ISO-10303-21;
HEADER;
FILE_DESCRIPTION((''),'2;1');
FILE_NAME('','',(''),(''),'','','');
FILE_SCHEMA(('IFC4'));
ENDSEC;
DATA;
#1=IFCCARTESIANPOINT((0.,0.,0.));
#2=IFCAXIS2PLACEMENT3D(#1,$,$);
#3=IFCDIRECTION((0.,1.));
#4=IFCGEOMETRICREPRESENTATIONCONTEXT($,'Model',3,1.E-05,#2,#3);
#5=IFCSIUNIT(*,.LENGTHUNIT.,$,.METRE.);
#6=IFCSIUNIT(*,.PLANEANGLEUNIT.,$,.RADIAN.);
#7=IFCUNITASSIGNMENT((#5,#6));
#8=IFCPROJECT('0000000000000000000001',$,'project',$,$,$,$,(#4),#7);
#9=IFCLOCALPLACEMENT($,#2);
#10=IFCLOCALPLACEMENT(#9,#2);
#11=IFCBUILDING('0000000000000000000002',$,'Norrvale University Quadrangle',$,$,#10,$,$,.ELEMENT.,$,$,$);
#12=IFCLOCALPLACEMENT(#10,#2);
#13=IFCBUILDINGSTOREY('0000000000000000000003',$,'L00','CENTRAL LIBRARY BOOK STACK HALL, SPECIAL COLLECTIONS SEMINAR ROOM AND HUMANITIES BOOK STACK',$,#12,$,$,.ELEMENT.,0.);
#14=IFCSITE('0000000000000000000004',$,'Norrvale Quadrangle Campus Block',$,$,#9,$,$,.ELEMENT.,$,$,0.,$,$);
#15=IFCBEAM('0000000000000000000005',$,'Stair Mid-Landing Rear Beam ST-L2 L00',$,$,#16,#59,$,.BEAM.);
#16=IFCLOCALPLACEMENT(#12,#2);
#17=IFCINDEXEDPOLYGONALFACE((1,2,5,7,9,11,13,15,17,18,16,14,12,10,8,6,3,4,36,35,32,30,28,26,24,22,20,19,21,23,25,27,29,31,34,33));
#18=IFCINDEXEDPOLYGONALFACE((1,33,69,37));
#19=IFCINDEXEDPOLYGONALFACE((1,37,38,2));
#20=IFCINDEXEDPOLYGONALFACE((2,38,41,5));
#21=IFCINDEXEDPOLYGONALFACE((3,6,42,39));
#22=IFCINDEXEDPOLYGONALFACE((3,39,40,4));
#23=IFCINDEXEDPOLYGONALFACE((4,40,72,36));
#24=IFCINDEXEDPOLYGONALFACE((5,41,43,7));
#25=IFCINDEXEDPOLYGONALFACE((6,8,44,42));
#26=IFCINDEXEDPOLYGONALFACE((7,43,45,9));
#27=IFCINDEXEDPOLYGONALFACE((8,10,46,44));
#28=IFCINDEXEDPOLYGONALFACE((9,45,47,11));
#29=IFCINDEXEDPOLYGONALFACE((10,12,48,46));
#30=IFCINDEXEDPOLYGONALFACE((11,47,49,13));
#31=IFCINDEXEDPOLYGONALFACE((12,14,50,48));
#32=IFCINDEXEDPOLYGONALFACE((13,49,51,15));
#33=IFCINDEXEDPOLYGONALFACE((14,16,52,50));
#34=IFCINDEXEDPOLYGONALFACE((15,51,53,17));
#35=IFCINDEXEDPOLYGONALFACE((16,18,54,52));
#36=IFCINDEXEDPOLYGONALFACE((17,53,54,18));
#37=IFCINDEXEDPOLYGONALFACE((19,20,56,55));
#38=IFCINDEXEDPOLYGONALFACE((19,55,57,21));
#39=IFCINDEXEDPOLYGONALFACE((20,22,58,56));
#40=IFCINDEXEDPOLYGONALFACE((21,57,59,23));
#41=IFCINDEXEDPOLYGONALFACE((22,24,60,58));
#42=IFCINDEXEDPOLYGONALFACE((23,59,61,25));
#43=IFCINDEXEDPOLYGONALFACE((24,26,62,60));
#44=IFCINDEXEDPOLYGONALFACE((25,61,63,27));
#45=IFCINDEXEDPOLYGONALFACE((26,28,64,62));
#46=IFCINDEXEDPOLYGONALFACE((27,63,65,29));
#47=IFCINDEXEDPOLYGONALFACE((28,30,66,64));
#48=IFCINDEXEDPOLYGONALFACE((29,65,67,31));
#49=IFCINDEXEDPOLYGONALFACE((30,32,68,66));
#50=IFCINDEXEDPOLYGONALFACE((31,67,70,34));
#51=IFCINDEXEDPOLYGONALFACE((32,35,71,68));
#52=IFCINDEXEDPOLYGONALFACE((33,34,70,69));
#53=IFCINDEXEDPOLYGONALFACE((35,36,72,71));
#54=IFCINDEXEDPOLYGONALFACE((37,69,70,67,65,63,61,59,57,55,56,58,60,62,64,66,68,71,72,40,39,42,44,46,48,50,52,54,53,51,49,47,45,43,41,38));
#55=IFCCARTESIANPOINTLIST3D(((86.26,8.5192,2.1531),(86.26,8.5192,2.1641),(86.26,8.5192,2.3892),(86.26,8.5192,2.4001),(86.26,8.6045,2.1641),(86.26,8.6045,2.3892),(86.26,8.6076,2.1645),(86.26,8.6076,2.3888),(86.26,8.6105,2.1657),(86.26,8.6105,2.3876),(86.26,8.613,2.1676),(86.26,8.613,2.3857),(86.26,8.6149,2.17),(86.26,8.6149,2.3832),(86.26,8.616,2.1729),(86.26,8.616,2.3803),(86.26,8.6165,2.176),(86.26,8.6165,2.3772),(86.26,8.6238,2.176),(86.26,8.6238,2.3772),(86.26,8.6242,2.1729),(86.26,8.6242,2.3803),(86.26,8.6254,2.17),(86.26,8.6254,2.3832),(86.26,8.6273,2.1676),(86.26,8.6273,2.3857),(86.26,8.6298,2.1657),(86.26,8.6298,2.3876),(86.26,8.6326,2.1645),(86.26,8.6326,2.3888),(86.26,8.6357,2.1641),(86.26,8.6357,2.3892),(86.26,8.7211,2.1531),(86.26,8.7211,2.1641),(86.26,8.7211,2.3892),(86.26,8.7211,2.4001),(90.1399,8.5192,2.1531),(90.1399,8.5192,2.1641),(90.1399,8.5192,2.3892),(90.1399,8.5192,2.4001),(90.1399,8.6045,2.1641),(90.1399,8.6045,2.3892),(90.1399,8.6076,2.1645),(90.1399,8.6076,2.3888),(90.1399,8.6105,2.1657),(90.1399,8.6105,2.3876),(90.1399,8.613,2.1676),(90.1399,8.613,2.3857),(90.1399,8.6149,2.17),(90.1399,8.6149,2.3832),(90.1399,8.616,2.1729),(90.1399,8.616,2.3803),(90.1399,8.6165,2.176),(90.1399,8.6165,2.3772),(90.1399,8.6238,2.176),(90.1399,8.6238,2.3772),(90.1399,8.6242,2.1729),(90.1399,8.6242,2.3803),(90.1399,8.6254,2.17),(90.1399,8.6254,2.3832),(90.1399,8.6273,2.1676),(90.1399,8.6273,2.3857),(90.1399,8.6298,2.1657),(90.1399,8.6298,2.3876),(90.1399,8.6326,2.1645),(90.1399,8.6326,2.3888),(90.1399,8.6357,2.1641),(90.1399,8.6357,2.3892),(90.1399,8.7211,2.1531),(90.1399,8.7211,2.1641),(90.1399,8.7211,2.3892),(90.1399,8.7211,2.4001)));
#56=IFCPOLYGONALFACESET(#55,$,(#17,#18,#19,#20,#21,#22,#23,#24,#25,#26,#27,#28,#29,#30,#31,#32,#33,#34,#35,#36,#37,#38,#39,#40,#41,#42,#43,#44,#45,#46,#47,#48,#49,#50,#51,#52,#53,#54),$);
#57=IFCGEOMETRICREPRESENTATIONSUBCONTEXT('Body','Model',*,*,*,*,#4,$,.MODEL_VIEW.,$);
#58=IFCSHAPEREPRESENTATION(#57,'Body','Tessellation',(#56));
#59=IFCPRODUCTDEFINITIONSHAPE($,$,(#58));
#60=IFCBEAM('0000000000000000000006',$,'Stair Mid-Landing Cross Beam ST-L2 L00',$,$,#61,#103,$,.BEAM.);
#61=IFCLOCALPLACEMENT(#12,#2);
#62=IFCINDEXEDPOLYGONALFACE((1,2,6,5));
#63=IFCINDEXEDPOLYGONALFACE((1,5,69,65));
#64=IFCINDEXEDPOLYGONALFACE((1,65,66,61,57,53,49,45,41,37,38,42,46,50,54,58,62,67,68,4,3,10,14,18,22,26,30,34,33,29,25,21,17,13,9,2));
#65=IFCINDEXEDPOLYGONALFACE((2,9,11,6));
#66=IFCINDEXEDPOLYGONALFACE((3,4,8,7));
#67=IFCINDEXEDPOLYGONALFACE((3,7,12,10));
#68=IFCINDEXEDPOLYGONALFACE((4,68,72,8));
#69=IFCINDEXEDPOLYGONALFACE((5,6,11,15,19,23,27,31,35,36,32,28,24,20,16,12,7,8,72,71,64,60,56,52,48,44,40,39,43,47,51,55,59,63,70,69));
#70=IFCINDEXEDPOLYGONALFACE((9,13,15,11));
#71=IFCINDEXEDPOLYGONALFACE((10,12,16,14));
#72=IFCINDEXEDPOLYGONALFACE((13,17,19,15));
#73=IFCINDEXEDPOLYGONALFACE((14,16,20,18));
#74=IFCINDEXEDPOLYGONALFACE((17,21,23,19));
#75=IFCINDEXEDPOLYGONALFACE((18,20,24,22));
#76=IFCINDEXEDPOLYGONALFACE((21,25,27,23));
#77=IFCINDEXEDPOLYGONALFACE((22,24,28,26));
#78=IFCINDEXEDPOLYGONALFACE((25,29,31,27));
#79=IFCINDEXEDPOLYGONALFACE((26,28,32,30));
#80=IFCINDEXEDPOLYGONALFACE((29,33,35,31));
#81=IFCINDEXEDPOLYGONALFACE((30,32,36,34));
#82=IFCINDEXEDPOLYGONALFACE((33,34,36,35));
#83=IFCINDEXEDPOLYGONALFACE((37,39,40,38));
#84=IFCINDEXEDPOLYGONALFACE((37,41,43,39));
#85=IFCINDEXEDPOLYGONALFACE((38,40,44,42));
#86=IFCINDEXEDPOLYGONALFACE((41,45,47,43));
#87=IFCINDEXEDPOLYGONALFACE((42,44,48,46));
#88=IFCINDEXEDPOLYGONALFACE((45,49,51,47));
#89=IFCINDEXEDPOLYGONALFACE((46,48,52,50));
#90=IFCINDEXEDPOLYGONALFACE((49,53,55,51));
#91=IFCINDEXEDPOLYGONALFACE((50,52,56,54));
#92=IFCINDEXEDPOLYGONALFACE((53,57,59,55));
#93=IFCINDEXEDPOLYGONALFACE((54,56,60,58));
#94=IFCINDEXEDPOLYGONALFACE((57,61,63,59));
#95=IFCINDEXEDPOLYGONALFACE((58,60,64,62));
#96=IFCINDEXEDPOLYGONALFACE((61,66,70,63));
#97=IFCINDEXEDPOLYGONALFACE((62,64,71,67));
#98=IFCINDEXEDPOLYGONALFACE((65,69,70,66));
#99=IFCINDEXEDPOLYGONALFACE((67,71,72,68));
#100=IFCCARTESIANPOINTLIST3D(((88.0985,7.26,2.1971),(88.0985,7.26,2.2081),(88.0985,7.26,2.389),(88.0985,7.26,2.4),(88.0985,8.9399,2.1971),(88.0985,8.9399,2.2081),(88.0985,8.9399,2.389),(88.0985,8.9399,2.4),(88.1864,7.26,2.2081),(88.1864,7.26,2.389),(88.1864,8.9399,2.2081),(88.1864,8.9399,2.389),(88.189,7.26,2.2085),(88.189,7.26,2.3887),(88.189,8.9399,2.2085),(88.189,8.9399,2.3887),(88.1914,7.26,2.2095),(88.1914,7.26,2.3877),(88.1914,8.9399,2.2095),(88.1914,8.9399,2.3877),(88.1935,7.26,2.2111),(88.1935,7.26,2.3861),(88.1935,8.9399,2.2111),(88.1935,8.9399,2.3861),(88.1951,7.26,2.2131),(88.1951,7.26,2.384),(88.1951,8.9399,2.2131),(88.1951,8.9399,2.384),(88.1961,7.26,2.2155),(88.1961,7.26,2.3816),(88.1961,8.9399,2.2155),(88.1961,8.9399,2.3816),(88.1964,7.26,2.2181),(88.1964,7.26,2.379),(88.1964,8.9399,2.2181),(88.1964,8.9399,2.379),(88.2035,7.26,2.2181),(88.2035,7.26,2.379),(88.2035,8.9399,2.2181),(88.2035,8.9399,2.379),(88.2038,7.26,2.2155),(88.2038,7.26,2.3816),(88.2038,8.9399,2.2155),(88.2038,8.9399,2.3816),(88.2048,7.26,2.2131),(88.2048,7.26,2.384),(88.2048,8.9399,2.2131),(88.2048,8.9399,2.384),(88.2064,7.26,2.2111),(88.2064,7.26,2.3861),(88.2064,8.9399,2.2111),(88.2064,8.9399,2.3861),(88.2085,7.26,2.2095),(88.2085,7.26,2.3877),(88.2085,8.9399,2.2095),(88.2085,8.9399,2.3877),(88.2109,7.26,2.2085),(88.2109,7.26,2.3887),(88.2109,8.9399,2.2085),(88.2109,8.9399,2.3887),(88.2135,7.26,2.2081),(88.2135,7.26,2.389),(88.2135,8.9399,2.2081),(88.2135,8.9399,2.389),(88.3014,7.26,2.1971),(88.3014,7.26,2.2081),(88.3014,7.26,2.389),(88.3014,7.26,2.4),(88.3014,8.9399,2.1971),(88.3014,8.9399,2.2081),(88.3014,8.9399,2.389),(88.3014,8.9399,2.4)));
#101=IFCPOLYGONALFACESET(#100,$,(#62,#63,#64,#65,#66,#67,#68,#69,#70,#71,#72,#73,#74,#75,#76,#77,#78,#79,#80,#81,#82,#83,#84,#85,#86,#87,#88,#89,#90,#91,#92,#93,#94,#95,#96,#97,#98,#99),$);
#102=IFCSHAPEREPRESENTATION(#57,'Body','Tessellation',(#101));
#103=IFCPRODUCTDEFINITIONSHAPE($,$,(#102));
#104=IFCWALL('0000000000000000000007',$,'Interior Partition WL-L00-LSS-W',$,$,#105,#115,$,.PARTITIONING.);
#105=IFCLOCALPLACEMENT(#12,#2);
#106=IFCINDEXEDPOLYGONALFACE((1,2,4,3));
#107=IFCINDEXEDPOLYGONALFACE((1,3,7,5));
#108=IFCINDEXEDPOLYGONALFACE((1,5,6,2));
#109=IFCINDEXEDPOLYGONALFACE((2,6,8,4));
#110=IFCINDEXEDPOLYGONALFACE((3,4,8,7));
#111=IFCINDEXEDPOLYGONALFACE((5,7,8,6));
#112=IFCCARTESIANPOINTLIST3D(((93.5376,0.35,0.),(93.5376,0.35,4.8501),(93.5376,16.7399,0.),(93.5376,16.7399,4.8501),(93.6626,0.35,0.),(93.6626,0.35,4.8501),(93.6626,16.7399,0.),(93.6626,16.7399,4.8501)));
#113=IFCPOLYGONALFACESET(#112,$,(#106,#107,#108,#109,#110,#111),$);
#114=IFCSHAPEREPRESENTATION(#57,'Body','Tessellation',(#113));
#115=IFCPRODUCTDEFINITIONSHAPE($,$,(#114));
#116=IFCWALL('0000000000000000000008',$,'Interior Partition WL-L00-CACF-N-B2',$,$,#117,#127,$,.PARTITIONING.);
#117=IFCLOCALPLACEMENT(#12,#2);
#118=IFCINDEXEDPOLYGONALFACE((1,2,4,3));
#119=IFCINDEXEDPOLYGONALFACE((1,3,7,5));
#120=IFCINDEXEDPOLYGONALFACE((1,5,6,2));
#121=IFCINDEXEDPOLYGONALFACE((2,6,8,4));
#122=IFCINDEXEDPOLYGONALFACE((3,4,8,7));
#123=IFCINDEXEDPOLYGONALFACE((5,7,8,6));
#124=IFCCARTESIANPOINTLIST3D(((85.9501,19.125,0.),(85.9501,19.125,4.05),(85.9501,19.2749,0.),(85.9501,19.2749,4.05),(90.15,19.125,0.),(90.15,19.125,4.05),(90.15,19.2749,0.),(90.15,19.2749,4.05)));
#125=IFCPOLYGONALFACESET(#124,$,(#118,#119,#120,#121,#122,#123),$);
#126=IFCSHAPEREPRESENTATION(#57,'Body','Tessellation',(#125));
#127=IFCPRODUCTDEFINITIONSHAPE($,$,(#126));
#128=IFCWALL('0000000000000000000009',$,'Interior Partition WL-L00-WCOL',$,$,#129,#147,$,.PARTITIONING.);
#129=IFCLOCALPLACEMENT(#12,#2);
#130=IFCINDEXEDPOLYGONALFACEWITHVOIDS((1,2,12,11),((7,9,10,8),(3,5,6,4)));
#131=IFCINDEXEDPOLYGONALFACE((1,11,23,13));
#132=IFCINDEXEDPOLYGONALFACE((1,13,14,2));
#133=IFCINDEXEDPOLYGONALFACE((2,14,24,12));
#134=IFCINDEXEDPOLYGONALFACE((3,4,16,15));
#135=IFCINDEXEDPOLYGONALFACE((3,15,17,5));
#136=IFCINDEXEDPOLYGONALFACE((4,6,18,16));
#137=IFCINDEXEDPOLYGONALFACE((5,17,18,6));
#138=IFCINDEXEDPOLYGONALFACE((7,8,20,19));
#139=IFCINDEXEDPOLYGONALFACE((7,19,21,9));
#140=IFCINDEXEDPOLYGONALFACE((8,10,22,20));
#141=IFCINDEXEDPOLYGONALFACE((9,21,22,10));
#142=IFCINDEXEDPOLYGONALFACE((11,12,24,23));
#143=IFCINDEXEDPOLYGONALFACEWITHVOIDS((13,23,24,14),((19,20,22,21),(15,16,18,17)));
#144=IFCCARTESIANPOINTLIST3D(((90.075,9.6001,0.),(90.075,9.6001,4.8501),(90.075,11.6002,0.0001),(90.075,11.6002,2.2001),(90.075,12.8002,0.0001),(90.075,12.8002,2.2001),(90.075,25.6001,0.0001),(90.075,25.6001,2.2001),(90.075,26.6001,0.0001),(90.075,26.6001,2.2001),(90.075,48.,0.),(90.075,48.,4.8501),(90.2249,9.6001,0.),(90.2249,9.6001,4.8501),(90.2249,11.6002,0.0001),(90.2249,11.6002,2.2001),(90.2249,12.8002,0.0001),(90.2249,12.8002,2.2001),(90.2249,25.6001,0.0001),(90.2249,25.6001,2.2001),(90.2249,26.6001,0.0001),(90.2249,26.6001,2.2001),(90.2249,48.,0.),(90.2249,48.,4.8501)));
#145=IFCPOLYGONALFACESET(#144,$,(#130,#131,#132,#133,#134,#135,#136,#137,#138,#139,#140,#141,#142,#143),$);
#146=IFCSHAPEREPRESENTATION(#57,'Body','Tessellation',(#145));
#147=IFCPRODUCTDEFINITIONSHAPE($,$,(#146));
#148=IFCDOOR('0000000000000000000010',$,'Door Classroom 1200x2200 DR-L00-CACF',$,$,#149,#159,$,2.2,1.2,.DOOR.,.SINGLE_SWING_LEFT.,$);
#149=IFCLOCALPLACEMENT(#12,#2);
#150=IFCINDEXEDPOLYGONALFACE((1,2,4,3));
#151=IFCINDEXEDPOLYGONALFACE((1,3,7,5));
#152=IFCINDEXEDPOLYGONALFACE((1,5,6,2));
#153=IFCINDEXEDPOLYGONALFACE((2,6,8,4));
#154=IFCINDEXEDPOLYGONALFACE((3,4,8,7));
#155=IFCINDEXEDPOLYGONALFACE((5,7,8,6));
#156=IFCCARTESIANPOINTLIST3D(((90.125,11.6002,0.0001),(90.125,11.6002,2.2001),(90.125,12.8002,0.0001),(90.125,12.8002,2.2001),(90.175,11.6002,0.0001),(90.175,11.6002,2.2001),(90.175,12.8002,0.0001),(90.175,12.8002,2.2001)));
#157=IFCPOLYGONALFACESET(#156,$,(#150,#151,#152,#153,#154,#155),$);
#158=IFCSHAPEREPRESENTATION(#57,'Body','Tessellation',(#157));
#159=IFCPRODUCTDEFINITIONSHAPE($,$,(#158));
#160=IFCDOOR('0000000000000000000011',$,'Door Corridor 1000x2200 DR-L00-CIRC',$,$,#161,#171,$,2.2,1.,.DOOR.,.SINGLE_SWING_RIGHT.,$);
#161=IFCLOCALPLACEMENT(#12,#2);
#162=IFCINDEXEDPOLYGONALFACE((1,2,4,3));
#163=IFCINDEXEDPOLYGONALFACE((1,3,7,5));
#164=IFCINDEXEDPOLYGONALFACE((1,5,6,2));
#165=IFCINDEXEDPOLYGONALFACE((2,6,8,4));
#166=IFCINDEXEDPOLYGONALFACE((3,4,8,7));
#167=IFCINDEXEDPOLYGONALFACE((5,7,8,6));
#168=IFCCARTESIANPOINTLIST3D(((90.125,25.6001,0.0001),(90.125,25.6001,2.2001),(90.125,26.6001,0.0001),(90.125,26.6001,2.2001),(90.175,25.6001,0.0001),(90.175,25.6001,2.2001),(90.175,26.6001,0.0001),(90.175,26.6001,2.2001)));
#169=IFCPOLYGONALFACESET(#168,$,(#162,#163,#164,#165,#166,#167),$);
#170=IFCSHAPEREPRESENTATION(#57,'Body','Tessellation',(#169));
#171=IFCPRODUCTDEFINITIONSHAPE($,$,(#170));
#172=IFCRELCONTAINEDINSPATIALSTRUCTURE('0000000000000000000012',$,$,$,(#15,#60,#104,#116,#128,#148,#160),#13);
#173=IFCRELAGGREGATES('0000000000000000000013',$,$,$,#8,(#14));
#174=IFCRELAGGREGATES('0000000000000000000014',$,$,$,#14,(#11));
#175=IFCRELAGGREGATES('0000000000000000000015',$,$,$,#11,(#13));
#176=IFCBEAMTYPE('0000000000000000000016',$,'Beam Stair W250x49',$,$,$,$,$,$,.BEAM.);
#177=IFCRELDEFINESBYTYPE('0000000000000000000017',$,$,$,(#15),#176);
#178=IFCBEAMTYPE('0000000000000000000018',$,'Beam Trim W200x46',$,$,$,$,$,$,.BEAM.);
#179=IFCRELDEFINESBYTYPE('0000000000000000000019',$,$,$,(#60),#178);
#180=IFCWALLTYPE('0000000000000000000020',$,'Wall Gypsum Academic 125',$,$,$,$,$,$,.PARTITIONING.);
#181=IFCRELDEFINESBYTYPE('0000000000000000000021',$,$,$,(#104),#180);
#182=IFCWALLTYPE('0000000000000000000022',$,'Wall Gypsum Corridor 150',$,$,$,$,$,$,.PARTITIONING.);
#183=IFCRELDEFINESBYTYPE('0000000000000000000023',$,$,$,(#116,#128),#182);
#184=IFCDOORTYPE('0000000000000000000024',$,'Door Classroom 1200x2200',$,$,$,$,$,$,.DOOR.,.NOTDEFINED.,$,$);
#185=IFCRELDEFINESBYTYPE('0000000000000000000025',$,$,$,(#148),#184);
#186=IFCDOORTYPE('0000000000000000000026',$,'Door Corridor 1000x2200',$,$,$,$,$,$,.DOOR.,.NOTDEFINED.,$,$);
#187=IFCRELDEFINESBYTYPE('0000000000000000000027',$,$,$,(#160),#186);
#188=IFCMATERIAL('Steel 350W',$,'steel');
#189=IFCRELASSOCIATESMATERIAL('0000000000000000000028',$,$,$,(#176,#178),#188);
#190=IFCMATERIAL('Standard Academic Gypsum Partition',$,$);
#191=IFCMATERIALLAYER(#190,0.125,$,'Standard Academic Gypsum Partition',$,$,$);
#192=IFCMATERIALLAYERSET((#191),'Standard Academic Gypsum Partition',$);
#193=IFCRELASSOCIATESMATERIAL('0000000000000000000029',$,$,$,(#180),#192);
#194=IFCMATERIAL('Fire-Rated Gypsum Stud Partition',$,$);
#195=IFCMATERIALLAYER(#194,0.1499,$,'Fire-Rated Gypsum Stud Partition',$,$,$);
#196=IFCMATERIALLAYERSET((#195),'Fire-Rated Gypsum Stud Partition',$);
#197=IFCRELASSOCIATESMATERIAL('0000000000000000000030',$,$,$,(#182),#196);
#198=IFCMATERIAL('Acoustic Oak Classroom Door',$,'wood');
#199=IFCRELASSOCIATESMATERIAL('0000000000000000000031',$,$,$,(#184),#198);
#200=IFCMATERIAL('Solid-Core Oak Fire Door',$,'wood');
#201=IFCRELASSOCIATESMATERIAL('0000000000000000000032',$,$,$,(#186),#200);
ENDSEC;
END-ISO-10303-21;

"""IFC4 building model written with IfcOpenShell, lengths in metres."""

from ifc_helpers import new_model, si_unit, direction, frame, frame_2d, origin, origin_2d, place, context, subcontext, project, spatial, rectangle, i_section, extrude, material, layer, layer_set, material_profile, profile_set, type_object, element, fill, save


model = new_model("IFC4")

# Units and contexts
model_context = context("Model", 3, precision=1e-05, world=origin(), true_north=direction((0.0, 1.0)))
body_context = subcontext(model_context, "Body", "Model", "MODEL_VIEW")
ifc_project = project(units=[si_unit("LENGTHUNIT", "METRE"), si_unit("PLANEANGLEUNIT", "RADIAN")], contexts=[model_context])

# Site, building, storey
site_placement = place(None, origin())
site = spatial("IfcSite", under=ifc_project, at=site_placement, Name="Norrvale Quadrangle Campus Block", CompositionType="ELEMENT", RefElevation=0.0)
building_placement = place(site_placement, origin())
building = spatial("IfcBuilding", under=site, at=building_placement, Name="Norrvale University Quadrangle", CompositionType="ELEMENT")
storey_placement = place(building_placement, origin())
storey = spatial("IfcBuildingStorey", under=building, at=storey_placement, Name="L00", Description="CENTRAL LIBRARY BOOK STACK HALL, SPECIAL COLLECTIONS SEMINAR ROOM AND HUMANITIES BOOK STACK", CompositionType="ELEMENT", Elevation=0.0)

# Beams
ifc_material_1 = material(Name="Steel 350W", Category="steel")
ifc_material_profile_1 = material_profile(ifc_material_1, i_section(OverallWidth=0.2019, OverallDepth=0.2471, WebThickness=0.0073, FlangeThickness=0.011, FilletRadius=0.012, at=origin_2d()), Name="Steel 350W")
ifc_profile_set_1 = profile_set([ifc_material_profile_1], Name="Steel 350W")
beam_type_1 = type_object("IfcBeamType", Name="Beam Stair W250x49", PredefinedType="BEAM", material=ifc_profile_set_1)
for number, where, z_axis, x_axis, name in (
    (1, (86.26, 8.6201, 2.2766), (1.0, 0.0, 0.0), (0.0, 1.0, 0.0), "Stair Mid-Landing Rear Beam ST-L2 L00"),
):
    element("IfcBeam", number, at=place(storey_placement, frame(where, z_axis=z_axis, x_axis=x_axis)), inside=storey, type_object=beam_type_1, Name=name, PredefinedType="BEAM", context=body_context, shape_type="SweptSolid", body=[
        extrude(i_section(OverallWidth=0.2019, OverallDepth=0.2471, WebThickness=0.0073, FlangeThickness=0.011, FilletRadius=0.012, at=origin_2d()), origin(), (0.0, 0.0, 1.0), 3.8799),
    ])
ifc_material_profile_2 = material_profile(ifc_material_1, i_section(OverallWidth=0.2029, OverallDepth=0.2029, WebThickness=0.0071, FlangeThickness=0.011, FilletRadius=0.01, at=origin_2d()), Name="Steel 350W")
ifc_profile_set_2 = profile_set([ifc_material_profile_2], Name="Steel 350W")
beam_type_2 = type_object("IfcBeamType", Name="Beam Trim W200x46", PredefinedType="BEAM", material=ifc_profile_set_2)
beam_1_placement = place(storey_placement, frame((88.2, 7.26, 2.2986), z_axis=(0.0, 1.0, 0.0), x_axis=(-1.0, 0.0, 0.0)))
element("IfcBeam", 2, at=beam_1_placement, inside=storey, type_object=beam_type_2, Name="Stair Mid-Landing Cross Beam ST-L2 L00", PredefinedType="BEAM", context=body_context, shape_type="SweptSolid", body=[
    extrude(i_section(OverallWidth=0.2029, OverallDepth=0.2029, WebThickness=0.0071, FlangeThickness=0.011, FilletRadius=0.01, at=origin_2d()), origin(), (0.0, 0.0, 1.0), 1.6799),
])

# Walls
ifc_material_2 = material(Name="Standard Academic Gypsum Partition")
ifc_layer_1 = layer(ifc_material_2, 0.125, Name="Standard Academic Gypsum Partition")
ifc_layer_set_1 = layer_set([ifc_layer_1], Name="Standard Academic Gypsum Partition")
wall_type_1 = type_object("IfcWallType", Name="Wall Gypsum Academic 125", PredefinedType="PARTITIONING", material=ifc_layer_set_1)
wall_1_placement = place(storey_placement, frame((93.6001, 0.3501, 0.0), z_axis=(0.0, 0.0, 1.0), x_axis=(0.0, 1.0, 0.0)))
element("IfcWall", 3, at=wall_1_placement, inside=storey, type_object=wall_type_1, Name="Interior Partition WL-L00-LSS-W", PredefinedType="PARTITIONING", context=body_context, shape_type="SweptSolid", body=[
    extrude(rectangle(XDim=16.3899, YDim=0.125, at=frame_2d((8.1948, 0.0))), origin(), (0.0, 0.0, 1.0), 4.8501),
])
ifc_material_3 = material(Name="Fire-Rated Gypsum Stud Partition")
ifc_layer_2 = layer(ifc_material_3, 0.1499, Name="Fire-Rated Gypsum Stud Partition")
ifc_layer_set_2 = layer_set([ifc_layer_2], Name="Fire-Rated Gypsum Stud Partition")
wall_type_2 = type_object("IfcWallType", Name="Wall Gypsum Corridor 150", PredefinedType="PARTITIONING", material=ifc_layer_set_2)
wall_2_placement = place(storey_placement, frame((85.95, 19.2, 0.0), z_axis=(0.0, 0.0, 1.0), x_axis=(1.0, 0.0, 0.0)))
element("IfcWall", 4, at=wall_2_placement, inside=storey, type_object=wall_type_2, Name="Interior Partition WL-L00-CACF-N-B2", PredefinedType="PARTITIONING", context=body_context, shape_type="SweptSolid", body=[
    extrude(rectangle(XDim=4.2, YDim=0.1499, at=frame_2d((2.1001, 0.0))), origin(), (0.0, 0.0, 1.0), 4.05),
])

# Wall, openings, doors
wall_3_placement = place(storey_placement, frame((90.1499, 9.6001, 0.0), z_axis=(0.0, 0.0, 1.0), x_axis=(0.0, 1.0, 0.0)))
wall_3 = element("IfcWall", 5, at=wall_3_placement, inside=storey, type_object=wall_type_2, Name="Interior Partition WL-L00-WCOL", PredefinedType="PARTITIONING", context=body_context, shape_type="SweptSolid", body=[
    extrude(rectangle(XDim=38.3999, YDim=0.1499, at=frame_2d((19.2, 0.0))), origin(), (0.0, 0.0, 1.0), 4.8501),
])
opening_1_placement = place(wall_3_placement, frame((2.0, 0.0, 0.0)))
opening_1 = element("IfcOpeningElement", 6, at=opening_1_placement, cuts=wall_3, PredefinedType="OPENING", context=body_context, shape_type="SweptSolid", body=[
    extrude(rectangle(XDim=1.2, YDim=2.2, at=frame_2d((0.6001, 1.1001))), frame((0.0, 0.0869, 0.0), z_axis=(0.0, -1.0, 0.0), x_axis=(1.0, 0.0, 0.0)), (0.0, 0.0, 1.0), 0.1738),
])
opening_2_placement = place(wall_3_placement, frame((16.0, 0.0, 0.0)))
opening_2 = element("IfcOpeningElement", 7, at=opening_2_placement, cuts=wall_3, PredefinedType="OPENING", context=body_context, shape_type="SweptSolid", body=[
    extrude(rectangle(XDim=1.0, YDim=2.2, at=frame_2d((0.5, 1.1001))), frame((0.0, 0.0869, 0.0), z_axis=(0.0, -1.0, 0.0), x_axis=(1.0, 0.0, 0.0)), (0.0, 0.0, 1.0), 0.1738),
])
ifc_material_4 = material(Name="Acoustic Oak Classroom Door", Category="wood")
door_type_1 = type_object("IfcDoorType", Name="Door Classroom 1200x2200", OperationType="NOTDEFINED", PredefinedType="DOOR", material=ifc_material_4)
door_1_placement = place(opening_1_placement, origin())
door_1 = element("IfcDoor", 8, at=door_1_placement, inside=storey, type_object=door_type_1, Name="Door Classroom 1200x2200 DR-L00-CACF", OperationType="SINGLE_SWING_LEFT", OverallHeight=2.2, OverallWidth=1.2, PredefinedType="DOOR", context=body_context, shape_type="SweptSolid", body=[
    extrude(rectangle(XDim=1.2, YDim=2.2, at=frame_2d((0.6001, 1.1001))), frame((0.0, 0.0249, 0.0), z_axis=(0.0, -1.0, 0.0), x_axis=(1.0, 0.0, 0.0)), (0.0, 0.0, 1.0), 0.05),
])
fill(opening_1, door_1)
ifc_material_5 = material(Name="Solid-Core Oak Fire Door", Category="wood")
door_type_2 = type_object("IfcDoorType", Name="Door Corridor 1000x2200", OperationType="NOTDEFINED", PredefinedType="DOOR", material=ifc_material_5)
door_2_placement = place(opening_2_placement, origin())
door_2 = element("IfcDoor", 9, at=door_2_placement, inside=storey, type_object=door_type_2, Name="Door Corridor 1000x2200 DR-L00-CIRC", OperationType="SINGLE_SWING_RIGHT", OverallHeight=2.2, OverallWidth=1.0, PredefinedType="DOOR", context=body_context, shape_type="SweptSolid", body=[
    extrude(rectangle(XDim=1.0, YDim=2.2, at=frame_2d((0.5, 1.1001))), frame((0.0, 0.0249, 0.0), z_axis=(0.0, -1.0, 0.0), x_axis=(1.0, 0.0, 0.0)), (0.0, 0.0, 1.0), 0.05),
])
fill(opening_2, door_2)

save(model, "model.ifc")
